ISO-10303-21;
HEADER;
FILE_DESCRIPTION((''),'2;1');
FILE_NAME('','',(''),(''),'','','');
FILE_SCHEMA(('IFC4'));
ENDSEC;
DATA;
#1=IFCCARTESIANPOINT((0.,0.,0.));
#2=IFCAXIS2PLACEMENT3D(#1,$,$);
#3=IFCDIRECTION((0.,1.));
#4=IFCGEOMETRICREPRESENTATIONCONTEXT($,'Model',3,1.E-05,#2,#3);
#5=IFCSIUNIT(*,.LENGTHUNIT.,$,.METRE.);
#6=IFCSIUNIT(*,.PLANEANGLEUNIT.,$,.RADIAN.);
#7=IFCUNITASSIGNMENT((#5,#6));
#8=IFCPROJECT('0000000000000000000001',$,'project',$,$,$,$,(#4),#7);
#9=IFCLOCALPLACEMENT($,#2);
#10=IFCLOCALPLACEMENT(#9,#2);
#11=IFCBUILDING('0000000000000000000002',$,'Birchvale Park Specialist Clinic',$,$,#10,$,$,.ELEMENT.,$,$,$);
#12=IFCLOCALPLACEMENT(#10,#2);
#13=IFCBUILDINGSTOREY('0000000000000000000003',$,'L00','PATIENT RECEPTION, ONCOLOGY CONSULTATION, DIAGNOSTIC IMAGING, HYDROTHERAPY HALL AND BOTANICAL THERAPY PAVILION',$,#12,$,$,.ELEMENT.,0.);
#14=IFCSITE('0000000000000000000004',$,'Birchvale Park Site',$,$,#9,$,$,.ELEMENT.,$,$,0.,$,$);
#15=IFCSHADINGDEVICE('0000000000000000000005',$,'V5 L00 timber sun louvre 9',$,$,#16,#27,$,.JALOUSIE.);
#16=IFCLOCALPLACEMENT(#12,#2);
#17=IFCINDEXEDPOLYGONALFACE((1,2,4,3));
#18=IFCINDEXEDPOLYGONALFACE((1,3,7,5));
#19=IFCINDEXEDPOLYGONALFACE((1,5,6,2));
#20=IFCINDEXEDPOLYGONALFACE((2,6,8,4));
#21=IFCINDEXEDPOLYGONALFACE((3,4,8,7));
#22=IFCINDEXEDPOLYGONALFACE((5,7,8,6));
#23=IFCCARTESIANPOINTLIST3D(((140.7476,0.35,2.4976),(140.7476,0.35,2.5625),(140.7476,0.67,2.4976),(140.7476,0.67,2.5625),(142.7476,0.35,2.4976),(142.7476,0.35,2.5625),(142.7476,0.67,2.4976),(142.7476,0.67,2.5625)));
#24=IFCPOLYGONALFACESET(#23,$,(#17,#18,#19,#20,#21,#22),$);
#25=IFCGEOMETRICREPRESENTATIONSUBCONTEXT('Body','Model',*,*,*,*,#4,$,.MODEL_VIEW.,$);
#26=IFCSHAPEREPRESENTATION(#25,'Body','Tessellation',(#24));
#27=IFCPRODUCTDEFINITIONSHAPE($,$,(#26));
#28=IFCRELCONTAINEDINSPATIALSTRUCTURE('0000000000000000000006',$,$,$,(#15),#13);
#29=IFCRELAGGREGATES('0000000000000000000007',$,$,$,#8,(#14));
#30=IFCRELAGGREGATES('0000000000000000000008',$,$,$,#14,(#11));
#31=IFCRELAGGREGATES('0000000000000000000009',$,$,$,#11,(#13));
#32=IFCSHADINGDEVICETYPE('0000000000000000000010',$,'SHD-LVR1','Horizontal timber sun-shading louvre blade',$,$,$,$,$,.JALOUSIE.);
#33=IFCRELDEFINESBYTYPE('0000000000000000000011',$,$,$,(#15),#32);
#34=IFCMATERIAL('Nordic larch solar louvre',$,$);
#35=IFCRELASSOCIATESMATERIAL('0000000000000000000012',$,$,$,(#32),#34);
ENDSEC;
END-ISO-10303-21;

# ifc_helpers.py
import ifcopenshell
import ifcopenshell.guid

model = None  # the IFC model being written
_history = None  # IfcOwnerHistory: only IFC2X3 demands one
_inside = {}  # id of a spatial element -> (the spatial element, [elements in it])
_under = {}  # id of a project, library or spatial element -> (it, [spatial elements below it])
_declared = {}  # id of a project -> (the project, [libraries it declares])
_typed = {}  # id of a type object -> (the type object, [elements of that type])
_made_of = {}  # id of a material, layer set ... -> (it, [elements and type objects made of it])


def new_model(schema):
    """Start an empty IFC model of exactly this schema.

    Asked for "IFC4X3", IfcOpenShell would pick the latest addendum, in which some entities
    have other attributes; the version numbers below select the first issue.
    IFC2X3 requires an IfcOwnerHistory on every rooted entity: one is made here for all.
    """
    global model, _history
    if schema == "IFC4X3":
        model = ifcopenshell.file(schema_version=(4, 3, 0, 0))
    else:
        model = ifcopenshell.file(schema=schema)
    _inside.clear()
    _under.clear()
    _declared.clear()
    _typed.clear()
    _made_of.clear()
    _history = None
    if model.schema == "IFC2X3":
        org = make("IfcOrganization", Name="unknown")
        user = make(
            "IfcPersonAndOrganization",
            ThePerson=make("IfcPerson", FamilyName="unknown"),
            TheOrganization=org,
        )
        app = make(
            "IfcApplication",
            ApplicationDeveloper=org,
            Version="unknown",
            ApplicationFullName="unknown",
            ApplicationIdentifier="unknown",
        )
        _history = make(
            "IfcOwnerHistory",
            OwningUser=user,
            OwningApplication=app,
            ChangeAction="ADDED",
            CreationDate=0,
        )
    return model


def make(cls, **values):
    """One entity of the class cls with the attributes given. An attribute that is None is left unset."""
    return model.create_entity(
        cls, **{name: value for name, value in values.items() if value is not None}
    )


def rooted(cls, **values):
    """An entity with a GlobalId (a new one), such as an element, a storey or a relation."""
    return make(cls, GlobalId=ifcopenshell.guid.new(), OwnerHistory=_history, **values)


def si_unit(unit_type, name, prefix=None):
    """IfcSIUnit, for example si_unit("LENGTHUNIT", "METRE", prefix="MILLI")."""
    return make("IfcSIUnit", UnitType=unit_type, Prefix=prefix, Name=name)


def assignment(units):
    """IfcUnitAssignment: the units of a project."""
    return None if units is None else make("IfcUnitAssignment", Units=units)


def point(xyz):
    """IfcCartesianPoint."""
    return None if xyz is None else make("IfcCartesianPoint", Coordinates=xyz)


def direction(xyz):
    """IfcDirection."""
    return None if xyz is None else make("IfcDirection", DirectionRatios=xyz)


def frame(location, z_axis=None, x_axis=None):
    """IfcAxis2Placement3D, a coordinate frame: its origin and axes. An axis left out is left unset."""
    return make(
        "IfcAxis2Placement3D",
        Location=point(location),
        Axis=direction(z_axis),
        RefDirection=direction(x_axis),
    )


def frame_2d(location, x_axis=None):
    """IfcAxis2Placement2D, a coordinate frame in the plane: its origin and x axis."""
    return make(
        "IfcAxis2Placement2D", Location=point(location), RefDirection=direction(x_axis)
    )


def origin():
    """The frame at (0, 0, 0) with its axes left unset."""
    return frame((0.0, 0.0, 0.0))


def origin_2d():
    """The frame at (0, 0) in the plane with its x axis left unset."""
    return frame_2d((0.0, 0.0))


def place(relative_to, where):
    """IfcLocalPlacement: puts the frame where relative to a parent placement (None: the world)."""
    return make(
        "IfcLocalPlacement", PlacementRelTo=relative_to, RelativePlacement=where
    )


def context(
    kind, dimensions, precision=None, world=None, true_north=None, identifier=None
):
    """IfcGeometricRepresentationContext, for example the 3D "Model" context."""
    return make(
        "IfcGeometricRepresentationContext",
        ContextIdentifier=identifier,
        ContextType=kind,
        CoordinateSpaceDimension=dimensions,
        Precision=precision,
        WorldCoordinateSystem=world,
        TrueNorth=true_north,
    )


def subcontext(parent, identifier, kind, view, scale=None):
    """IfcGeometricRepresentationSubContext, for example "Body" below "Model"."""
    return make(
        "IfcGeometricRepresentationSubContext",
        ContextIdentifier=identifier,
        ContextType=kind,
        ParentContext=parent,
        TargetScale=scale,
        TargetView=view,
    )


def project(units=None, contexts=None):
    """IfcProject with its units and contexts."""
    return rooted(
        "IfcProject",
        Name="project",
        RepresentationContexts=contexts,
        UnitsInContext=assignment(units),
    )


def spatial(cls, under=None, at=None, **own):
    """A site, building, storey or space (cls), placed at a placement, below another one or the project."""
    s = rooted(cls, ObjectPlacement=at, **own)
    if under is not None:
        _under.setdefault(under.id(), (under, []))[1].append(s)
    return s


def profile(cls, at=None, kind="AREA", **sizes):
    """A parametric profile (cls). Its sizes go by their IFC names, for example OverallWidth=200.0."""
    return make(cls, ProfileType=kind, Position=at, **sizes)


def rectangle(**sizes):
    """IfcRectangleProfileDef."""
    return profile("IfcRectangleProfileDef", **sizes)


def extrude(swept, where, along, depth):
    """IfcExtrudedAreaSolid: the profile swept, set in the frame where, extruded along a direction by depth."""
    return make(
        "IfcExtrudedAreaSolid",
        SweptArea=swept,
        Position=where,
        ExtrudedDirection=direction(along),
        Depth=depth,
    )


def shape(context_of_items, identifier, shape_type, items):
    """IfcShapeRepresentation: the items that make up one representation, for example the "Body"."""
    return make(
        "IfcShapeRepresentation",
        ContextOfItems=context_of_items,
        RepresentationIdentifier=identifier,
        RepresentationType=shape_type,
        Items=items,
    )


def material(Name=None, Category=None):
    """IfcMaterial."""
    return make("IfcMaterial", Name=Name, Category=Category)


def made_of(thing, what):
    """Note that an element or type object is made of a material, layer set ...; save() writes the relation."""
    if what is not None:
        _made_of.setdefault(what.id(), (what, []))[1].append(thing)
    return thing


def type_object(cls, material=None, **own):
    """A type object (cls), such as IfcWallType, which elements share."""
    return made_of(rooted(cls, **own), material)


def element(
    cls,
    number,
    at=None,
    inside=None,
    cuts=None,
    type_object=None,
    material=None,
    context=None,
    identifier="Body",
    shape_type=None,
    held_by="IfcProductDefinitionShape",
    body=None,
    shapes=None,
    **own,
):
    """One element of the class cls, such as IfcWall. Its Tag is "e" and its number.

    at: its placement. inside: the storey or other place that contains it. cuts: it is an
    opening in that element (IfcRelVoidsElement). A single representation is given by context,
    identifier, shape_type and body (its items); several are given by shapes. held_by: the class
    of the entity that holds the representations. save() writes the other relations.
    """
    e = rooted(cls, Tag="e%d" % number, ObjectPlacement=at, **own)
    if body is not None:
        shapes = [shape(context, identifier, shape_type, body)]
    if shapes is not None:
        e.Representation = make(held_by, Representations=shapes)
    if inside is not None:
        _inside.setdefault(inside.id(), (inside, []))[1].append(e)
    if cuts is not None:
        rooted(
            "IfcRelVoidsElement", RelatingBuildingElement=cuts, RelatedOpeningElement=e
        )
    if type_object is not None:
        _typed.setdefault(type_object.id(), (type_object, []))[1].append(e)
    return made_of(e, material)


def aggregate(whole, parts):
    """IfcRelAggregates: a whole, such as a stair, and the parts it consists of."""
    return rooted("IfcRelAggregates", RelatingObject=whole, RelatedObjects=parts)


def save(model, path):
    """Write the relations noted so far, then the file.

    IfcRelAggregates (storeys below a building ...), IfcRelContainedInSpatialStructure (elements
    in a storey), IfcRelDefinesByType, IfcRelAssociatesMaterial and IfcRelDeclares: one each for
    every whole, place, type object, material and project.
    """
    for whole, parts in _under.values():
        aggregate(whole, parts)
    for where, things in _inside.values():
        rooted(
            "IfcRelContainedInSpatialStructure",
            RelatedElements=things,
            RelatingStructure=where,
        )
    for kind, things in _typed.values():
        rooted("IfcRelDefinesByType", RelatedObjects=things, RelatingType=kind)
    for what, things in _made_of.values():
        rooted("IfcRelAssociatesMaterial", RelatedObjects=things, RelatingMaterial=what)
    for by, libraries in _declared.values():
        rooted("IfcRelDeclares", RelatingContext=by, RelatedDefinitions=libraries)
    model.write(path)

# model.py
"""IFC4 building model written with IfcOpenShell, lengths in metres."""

from ifc_helpers import new_model, si_unit, direction, frame, origin, origin_2d, place, context, subcontext, project, spatial, rectangle, extrude, material, type_object, element, save


model = new_model("IFC4")

# Units and contexts
model_context = context("Model", 3, precision=1e-05, world=origin(), true_north=direction((0.0, 1.0)))
body_context = subcontext(model_context, "Body", "Model", "MODEL_VIEW")
ifc_project = project(units=[si_unit("LENGTHUNIT", "METRE"), si_unit("PLANEANGLEUNIT", "RADIAN")], contexts=[model_context])

# Site, building, storey
site_placement = place(None, origin())
site = spatial("IfcSite", under=ifc_project, at=site_placement, Name="Birchvale Park Site", CompositionType="ELEMENT", RefElevation=0.0)
building_placement = place(site_placement, origin())
building = spatial("IfcBuilding", under=site, at=building_placement, Name="Birchvale Park Specialist Clinic", CompositionType="ELEMENT")
storey_placement = place(building_placement, origin())
storey = spatial("IfcBuildingStorey", under=building, at=storey_placement, Name="L00", Description="PATIENT RECEPTION, ONCOLOGY CONSULTATION, DIAGNOSTIC IMAGING, HYDROTHERAPY HALL AND BOTANICAL THERAPY PAVILION", CompositionType="ELEMENT", Elevation=0.0)

# Shading device
ifc_material_1 = material(Name="Nordic larch solar louvre")
shading_device_type = type_object("IfcShadingDeviceType", Name="SHD-LVR1", Description="Horizontal timber sun-shading louvre blade", PredefinedType="JALOUSIE", material=ifc_material_1)
shading_device_placement = place(storey_placement, frame((141.7476, 0.51, 2.4976), z_axis=(0.0, 0.0, 1.0), x_axis=(1.0, 0.0, 0.0)))
element("IfcShadingDevice", 1, at=shading_device_placement, inside=storey, type_object=shading_device_type, Name="V5 L00 timber sun louvre 9", PredefinedType="JALOUSIE", context=body_context, shape_type="SweptSolid", body=[
    extrude(rectangle(XDim=2.0, YDim=0.3201, at=origin_2d()), origin(), (0.0, 0.0, 1.0), 0.0649),
])

save(model, "model.ifc")
